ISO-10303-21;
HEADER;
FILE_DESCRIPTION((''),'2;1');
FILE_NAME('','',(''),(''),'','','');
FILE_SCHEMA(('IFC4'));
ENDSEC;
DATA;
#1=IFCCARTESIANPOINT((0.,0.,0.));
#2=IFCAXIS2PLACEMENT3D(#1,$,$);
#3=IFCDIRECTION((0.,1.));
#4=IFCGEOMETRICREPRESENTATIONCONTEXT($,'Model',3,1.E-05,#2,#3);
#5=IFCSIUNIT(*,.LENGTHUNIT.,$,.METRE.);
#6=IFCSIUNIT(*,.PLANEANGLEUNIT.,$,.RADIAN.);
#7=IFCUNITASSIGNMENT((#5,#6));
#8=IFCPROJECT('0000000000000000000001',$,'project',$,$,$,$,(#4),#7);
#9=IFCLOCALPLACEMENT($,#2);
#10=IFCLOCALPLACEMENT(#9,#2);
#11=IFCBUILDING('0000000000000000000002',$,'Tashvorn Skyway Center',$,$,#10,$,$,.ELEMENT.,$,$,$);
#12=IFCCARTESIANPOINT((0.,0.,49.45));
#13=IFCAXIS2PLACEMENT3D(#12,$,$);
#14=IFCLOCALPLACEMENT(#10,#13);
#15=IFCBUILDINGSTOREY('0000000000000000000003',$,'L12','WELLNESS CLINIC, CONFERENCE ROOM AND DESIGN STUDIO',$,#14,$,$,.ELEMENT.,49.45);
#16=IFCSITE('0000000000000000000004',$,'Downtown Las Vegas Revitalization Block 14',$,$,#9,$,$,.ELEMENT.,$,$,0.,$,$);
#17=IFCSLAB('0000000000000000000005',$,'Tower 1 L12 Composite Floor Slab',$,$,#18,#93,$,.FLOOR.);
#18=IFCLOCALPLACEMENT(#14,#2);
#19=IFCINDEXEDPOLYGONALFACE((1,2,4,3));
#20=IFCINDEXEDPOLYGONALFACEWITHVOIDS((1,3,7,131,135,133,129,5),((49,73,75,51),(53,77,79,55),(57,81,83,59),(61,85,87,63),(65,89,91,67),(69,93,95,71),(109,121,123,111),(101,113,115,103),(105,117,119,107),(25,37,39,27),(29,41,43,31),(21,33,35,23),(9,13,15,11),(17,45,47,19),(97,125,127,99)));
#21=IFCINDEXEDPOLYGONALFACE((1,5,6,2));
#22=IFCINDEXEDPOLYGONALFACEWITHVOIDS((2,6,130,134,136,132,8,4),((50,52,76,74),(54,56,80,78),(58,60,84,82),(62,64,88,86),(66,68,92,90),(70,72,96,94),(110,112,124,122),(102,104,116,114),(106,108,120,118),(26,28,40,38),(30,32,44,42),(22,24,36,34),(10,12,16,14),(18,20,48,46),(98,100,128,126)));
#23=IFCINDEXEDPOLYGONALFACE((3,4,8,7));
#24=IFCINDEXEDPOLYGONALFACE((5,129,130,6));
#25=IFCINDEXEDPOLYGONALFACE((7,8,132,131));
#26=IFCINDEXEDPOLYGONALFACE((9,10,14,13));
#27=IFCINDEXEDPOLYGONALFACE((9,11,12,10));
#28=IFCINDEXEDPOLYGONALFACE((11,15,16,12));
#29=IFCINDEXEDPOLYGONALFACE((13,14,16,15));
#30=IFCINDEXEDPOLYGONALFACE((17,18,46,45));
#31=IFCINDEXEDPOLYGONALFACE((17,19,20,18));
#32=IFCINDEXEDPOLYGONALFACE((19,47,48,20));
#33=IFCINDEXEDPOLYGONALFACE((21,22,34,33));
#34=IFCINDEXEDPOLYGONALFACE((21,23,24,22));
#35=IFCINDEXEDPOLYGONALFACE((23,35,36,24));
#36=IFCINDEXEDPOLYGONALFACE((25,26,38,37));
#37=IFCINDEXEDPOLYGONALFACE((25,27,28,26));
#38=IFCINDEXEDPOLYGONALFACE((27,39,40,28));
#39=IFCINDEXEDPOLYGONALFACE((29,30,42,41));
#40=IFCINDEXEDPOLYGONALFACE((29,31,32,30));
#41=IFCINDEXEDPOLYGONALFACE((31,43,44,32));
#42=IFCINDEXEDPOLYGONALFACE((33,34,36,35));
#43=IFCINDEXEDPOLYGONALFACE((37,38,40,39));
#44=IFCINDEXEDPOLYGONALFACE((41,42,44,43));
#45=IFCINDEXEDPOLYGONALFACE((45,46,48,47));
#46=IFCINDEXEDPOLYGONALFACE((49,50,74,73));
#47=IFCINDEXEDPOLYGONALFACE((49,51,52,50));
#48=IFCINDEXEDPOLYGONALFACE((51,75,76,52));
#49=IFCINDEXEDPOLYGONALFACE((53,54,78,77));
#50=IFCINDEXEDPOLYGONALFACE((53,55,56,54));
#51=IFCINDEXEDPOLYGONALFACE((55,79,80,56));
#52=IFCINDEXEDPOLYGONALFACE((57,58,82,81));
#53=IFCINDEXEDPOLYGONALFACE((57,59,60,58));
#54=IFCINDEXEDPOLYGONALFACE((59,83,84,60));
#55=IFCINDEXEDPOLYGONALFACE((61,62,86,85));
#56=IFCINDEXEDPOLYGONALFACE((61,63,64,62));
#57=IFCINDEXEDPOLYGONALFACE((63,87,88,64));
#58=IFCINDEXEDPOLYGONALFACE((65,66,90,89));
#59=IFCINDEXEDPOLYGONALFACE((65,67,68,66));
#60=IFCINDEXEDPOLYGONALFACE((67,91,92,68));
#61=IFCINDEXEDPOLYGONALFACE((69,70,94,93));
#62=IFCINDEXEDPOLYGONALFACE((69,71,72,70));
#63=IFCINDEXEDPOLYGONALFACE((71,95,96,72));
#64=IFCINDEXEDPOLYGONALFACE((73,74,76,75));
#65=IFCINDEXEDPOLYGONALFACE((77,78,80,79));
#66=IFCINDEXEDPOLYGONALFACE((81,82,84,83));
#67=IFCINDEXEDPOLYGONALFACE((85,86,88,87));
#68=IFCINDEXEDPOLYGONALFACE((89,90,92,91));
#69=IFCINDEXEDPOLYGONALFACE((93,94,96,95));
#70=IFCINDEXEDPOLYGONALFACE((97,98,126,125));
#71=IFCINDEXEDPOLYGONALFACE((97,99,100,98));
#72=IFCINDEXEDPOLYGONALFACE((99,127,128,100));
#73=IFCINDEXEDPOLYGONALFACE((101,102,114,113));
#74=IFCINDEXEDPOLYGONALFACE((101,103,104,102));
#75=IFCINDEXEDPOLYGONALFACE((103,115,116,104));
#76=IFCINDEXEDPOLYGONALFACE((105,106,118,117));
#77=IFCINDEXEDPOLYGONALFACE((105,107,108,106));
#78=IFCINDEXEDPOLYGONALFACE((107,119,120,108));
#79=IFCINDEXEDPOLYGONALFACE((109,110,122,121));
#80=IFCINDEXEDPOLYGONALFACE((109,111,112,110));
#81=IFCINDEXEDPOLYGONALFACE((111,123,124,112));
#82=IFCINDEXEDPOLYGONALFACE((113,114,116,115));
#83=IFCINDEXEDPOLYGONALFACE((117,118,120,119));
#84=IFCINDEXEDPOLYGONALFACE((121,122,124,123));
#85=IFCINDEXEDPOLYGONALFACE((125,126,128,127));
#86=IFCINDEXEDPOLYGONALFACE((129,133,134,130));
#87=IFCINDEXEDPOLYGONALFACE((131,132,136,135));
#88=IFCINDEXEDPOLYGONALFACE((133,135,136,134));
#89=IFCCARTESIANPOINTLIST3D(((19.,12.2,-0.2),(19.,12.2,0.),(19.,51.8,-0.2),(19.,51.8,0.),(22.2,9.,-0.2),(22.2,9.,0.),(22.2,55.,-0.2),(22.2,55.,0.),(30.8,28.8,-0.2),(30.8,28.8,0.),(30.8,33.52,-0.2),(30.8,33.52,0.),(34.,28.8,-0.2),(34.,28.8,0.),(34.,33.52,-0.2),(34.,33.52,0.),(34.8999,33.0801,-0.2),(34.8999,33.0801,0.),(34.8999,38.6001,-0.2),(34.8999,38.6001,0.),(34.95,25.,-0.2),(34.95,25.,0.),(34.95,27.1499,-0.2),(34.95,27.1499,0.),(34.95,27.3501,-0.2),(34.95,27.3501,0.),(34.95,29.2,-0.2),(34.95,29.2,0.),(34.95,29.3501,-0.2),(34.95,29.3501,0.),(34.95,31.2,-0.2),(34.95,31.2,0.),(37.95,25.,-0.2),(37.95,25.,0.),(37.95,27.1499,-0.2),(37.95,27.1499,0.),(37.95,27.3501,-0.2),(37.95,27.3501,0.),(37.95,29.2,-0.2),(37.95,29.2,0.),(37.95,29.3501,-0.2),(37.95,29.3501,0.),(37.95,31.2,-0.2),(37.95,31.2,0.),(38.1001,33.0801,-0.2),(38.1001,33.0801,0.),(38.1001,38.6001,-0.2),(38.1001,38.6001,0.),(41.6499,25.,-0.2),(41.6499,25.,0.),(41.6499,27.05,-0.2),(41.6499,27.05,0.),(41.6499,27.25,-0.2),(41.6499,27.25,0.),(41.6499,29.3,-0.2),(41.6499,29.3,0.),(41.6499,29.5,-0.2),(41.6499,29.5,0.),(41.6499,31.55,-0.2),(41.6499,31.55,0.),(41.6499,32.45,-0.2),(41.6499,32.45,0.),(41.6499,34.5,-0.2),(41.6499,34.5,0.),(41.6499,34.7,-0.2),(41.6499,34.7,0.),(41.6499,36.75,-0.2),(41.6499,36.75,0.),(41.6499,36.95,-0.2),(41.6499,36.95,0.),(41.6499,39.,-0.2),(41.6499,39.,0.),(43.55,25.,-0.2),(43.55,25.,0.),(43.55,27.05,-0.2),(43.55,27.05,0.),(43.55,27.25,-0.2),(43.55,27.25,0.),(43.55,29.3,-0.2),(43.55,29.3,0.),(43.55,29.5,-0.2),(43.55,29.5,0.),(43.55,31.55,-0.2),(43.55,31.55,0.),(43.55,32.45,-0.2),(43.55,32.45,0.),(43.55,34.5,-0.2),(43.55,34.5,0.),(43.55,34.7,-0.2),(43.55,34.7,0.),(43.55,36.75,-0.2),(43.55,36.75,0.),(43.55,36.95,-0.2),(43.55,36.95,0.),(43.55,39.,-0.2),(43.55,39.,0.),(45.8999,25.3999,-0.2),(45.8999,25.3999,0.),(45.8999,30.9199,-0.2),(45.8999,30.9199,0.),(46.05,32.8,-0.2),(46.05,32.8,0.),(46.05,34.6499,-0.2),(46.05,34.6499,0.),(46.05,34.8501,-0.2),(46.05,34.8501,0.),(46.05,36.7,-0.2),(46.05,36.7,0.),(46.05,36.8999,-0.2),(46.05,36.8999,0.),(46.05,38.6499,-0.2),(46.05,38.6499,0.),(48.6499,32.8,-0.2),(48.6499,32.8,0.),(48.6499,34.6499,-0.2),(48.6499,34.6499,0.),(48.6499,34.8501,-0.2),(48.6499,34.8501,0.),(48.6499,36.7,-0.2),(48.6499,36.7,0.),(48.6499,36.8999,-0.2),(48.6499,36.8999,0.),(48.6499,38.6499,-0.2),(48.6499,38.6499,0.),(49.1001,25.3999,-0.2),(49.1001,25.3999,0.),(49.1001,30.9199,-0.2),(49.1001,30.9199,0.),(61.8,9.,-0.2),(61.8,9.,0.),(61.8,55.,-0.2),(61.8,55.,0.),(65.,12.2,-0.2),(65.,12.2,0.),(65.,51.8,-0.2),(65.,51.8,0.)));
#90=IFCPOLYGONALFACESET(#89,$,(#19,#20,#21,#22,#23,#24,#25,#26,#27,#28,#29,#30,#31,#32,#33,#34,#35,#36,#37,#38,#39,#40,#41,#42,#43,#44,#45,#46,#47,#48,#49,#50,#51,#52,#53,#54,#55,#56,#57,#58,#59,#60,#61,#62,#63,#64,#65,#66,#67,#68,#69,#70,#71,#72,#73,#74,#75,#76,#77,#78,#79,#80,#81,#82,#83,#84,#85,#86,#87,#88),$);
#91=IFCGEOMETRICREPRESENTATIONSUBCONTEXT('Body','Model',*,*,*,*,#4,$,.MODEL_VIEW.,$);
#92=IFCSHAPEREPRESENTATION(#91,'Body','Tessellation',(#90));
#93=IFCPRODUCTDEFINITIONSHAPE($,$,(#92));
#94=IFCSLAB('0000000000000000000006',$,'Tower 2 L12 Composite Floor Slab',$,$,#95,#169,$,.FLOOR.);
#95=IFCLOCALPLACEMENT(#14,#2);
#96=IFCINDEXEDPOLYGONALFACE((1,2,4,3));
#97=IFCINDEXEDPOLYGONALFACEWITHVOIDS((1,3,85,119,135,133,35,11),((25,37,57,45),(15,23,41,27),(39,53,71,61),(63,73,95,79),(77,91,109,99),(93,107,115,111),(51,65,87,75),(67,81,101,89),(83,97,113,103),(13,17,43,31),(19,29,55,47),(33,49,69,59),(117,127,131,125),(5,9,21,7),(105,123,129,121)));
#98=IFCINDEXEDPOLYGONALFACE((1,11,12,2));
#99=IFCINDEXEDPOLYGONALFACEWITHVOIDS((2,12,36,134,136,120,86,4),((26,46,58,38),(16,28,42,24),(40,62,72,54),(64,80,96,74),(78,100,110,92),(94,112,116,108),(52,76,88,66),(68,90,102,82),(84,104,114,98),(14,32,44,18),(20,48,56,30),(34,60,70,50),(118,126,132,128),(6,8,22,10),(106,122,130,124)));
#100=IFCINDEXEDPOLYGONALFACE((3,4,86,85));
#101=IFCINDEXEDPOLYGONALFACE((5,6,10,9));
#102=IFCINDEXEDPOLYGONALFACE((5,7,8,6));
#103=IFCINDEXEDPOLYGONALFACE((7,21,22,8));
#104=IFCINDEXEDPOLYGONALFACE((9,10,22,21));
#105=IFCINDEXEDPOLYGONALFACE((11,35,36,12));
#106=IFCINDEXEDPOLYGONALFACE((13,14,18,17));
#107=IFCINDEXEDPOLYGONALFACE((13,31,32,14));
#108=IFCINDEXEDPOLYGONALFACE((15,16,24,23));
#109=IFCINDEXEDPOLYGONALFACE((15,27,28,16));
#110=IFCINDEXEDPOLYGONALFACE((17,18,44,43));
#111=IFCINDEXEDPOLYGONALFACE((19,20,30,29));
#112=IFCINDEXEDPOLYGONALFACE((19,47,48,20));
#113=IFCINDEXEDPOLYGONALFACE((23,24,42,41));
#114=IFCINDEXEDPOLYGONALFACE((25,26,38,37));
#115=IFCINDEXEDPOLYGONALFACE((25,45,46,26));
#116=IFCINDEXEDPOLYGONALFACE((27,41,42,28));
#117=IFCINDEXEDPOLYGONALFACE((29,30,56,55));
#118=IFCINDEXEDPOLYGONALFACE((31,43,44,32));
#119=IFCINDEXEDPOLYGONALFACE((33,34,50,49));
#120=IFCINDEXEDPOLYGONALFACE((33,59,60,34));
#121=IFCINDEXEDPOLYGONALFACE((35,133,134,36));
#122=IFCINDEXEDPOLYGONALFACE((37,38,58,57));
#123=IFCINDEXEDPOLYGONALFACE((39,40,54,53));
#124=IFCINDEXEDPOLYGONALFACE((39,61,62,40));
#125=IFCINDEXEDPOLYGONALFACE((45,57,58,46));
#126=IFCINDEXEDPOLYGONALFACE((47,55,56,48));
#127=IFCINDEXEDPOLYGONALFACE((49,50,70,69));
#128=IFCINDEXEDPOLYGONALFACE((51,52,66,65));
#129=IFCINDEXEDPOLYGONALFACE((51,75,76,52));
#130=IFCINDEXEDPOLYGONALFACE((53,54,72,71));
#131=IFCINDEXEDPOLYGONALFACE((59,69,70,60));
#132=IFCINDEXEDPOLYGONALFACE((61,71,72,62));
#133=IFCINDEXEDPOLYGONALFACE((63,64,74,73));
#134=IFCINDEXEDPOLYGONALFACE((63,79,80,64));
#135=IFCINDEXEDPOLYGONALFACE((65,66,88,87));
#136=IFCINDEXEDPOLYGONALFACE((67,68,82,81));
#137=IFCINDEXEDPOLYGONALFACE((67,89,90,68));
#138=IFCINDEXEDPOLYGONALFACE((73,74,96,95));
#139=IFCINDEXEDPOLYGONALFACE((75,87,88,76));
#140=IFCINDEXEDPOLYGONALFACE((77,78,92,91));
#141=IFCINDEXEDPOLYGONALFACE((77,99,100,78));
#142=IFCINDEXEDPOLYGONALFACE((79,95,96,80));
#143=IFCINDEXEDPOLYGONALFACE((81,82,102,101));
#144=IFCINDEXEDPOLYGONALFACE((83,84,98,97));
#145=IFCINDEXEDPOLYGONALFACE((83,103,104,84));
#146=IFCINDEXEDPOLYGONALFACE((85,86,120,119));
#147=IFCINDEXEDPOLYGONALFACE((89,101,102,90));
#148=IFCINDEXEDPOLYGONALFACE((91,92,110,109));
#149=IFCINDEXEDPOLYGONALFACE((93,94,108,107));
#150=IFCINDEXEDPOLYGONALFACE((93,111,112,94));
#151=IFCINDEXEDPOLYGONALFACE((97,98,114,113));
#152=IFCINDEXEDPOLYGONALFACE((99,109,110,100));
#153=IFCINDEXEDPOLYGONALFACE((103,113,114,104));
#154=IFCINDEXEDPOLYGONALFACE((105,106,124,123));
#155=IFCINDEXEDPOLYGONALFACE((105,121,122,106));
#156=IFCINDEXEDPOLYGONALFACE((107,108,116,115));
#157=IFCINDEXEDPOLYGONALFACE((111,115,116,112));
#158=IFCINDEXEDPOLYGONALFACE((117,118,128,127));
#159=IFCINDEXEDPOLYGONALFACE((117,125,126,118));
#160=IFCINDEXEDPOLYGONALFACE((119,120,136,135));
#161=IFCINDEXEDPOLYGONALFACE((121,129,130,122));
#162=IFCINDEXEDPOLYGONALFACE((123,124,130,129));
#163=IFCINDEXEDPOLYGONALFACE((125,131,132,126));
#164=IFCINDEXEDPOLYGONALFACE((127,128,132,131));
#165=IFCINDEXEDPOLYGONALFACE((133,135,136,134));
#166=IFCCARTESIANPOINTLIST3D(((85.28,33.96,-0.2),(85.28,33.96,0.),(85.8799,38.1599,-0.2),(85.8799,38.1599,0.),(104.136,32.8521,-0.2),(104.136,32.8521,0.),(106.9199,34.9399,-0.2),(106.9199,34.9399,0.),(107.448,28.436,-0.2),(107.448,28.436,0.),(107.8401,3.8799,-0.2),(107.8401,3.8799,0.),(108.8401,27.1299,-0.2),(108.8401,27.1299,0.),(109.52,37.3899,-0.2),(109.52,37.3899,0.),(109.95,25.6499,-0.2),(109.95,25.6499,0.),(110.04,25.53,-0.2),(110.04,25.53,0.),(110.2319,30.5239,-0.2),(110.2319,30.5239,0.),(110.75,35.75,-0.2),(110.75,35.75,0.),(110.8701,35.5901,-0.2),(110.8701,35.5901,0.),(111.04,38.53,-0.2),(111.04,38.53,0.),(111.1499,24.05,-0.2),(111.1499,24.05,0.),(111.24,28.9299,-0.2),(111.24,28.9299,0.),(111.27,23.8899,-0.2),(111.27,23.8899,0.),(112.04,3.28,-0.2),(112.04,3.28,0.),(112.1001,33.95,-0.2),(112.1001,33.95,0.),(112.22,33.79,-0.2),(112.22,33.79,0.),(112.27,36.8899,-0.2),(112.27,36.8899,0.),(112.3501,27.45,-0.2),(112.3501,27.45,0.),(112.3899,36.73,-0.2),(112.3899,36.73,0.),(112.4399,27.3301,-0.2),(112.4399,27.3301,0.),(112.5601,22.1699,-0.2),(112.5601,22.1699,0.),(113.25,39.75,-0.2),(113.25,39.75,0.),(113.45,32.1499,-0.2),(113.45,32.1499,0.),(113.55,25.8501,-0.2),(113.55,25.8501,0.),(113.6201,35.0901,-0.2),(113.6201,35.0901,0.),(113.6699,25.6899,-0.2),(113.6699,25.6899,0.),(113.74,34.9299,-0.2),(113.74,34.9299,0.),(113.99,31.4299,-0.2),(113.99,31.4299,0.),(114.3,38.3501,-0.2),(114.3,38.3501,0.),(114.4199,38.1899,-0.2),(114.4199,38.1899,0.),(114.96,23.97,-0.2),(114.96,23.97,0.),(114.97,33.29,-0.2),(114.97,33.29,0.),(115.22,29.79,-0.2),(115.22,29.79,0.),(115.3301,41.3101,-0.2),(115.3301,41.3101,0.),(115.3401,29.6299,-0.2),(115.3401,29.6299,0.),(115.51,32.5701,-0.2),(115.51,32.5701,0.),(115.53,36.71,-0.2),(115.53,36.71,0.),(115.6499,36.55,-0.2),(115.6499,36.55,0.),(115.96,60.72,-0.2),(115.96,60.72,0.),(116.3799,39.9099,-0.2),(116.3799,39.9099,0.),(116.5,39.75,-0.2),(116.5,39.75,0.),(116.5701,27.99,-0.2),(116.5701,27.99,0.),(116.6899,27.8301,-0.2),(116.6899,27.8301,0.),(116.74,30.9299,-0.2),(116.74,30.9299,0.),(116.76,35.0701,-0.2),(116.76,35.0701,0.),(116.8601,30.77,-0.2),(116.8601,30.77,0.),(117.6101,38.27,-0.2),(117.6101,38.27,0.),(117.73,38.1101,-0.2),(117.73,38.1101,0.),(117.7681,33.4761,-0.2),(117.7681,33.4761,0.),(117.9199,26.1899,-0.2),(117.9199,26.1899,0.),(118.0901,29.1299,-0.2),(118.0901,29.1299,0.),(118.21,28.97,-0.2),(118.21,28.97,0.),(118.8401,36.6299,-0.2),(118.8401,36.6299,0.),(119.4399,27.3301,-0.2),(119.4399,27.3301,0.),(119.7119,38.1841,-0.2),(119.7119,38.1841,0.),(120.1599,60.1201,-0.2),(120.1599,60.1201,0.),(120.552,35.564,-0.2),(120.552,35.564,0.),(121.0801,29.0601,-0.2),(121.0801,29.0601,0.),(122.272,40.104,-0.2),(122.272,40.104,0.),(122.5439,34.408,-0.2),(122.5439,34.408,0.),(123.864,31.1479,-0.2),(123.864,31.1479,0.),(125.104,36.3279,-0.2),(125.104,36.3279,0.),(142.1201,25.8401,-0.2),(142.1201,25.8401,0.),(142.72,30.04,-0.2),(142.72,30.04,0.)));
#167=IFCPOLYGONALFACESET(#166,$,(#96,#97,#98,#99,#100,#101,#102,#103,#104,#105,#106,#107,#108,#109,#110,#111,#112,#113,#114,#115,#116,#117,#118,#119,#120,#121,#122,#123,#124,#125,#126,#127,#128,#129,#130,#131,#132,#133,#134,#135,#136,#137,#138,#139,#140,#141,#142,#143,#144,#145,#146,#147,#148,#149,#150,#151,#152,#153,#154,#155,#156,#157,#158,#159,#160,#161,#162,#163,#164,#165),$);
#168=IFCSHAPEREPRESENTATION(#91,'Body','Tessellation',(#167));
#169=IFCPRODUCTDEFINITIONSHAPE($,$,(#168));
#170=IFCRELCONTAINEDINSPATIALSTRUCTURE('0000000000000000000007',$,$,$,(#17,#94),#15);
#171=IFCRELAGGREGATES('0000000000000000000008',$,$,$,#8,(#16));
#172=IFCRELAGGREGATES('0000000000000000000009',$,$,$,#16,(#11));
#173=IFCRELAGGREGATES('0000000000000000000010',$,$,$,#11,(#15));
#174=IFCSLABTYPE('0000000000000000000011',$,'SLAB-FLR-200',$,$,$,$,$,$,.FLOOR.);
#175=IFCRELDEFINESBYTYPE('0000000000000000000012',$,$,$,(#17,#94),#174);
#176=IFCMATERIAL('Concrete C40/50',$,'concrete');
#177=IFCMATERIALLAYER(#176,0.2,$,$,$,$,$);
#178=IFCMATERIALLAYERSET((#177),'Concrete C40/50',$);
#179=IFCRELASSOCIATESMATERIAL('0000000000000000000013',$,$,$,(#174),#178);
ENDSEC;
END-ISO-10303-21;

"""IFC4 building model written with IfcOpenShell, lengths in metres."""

from ifc_helpers import new_model, si_unit, direction, frame, origin, place, context, subcontext, project, spatial, polyline, outline, extrude, material, layer, layer_set, type_object, element, save


model = new_model("IFC4")

# Units and contexts
model_context = context("Model", 3, precision=1e-05, world=origin(), true_north=direction((0.0, 1.0)))
body_context = subcontext(model_context, "Body", "Model", "MODEL_VIEW")
ifc_project = project(units=[si_unit("LENGTHUNIT", "METRE"), si_unit("PLANEANGLEUNIT", "RADIAN")], contexts=[model_context])

# Site, building, storey
site_placement = place(None, origin())
site = spatial("IfcSite", under=ifc_project, at=site_placement, Name="Downtown Las Vegas Revitalization Block 14", CompositionType="ELEMENT", RefElevation=0.0)
building_placement = place(site_placement, origin())
building = spatial("IfcBuilding", under=site, at=building_placement, Name="Tashvorn Skyway Center", CompositionType="ELEMENT")
storey_placement = place(building_placement, frame((0.0, 0.0, 49.45)))
storey = spatial("IfcBuildingStorey", under=building, at=storey_placement, Name="L12", Description="WELLNESS CLINIC, CONFERENCE ROOM AND DESIGN STUDIO", CompositionType="ELEMENT", Elevation=49.45)

# Slabs
ifc_material_1 = material(Name="Concrete C40/50", Category="concrete")
ifc_layer_1 = layer(ifc_material_1, 0.2)
ifc_layer_set_1 = layer_set([ifc_layer_1], Name="Concrete C40/50")
slab_type_1 = type_object("IfcSlabType", Name="SLAB-FLR-200", PredefinedType="FLOOR", material=ifc_layer_set_1)
slab_1_placement = place(storey_placement, frame((0.0, 0.0, -0.2)))
element("IfcSlab", 1, at=slab_1_placement, inside=storey, type_object=slab_type_1, Name="Tower 1 L12 Composite Floor Slab", PredefinedType="FLOOR", context=body_context, shape_type="SweptSolid", body=[
    extrude(outline(polyline([(22.2, 9.0), (61.8, 9.0), (65.0, 12.2), (65.0, 51.8), (61.8, 55.0), (22.2, 55.0), (19.0, 51.8), (19.0, 12.2), (22.2, 9.0)]), holes=[polyline([(38.1001, 33.0801), (38.1001, 38.6001), (34.8999, 38.6001), (34.8999, 33.0801), (38.1001, 33.0801)]), polyline([(45.8999, 30.9199), (45.8999, 25.3999), (49.1001, 25.3999), (49.1001, 30.9199), (45.8999, 30.9199)]), polyline([(30.8, 33.52), (30.8, 28.8), (34.0, 28.8), (34.0, 33.52), (30.8, 33.52)]), polyline([(34.95, 29.3501), (37.95, 29.3501), (37.95, 31.2), (34.95, 31.2), (34.95, 29.3501)]), polyline([(34.95, 27.3501), (37.95, 27.3501), (37.95, 29.2), (34.95, 29.2), (34.95, 27.3501)]), polyline([(34.95, 25.0), (37.95, 25.0), (37.95, 27.1499), (34.95, 27.1499), (34.95, 25.0)]), polyline([(41.6499, 25.0), (43.55, 25.0), (43.55, 27.05), (41.6499, 27.05), (41.6499, 25.0)]), polyline([(41.6499, 27.25), (43.55, 27.25), (43.55, 29.3), (41.6499, 29.3), (41.6499, 27.25)]), polyline([(41.6499, 29.5), (43.55, 29.5), (43.55, 31.55), (41.6499, 31.55), (41.6499, 29.5)]), polyline([(41.6499, 32.45), (43.55, 32.45), (43.55, 34.5), (41.6499, 34.5), (41.6499, 32.45)]), polyline([(41.6499, 34.7), (43.55, 34.7), (43.55, 36.75), (41.6499, 36.75), (41.6499, 34.7)]), polyline([(41.6499, 36.95), (43.55, 36.95), (43.55, 39.0), (41.6499, 39.0), (41.6499, 36.95)]), polyline([(46.05, 32.8), (48.6499, 32.8), (48.6499, 34.6499), (46.05, 34.6499), (46.05, 32.8)]), polyline([(46.05, 34.8501), (48.6499, 34.8501), (48.6499, 36.7), (46.05, 36.7), (46.05, 34.8501)]), polyline([(46.05, 36.8999), (48.6499, 36.8999), (48.6499, 38.6499), (46.05, 38.6499), (46.05, 36.8999)])]), origin(), (0.0, 0.0, 1.0), 0.2),
])
slab_2_placement = place(storey_placement, frame((0.0, 0.0, -0.2)))
element("IfcSlab", 2, at=slab_2_placement, inside=storey, type_object=slab_type_1, Name="Tower 2 L12 Composite Floor Slab", PredefinedType="FLOOR", context=body_context, shape_type="SweptSolid", body=[
    extrude(outline(polyline([(112.04, 3.28), (142.1201, 25.8401), (142.72, 30.04), (120.1599, 60.1201), (115.96, 60.72), (85.8799, 38.1599), (85.28, 33.96), (107.8401, 3.8799), (112.04, 3.28)]), holes=[polyline([(110.2319, 30.5239), (106.9199, 34.9399), (104.136, 32.8521), (107.448, 28.436), (110.2319, 30.5239)]), polyline([(117.7681, 33.4761), (121.0801, 29.0601), (123.864, 31.1479), (120.552, 35.564), (117.7681, 33.4761)]), polyline([(119.7119, 38.1841), (122.5439, 34.408), (125.104, 36.3279), (122.272, 40.104), (119.7119, 38.1841)]), polyline([(109.95, 25.6499), (112.3501, 27.45), (111.24, 28.9299), (108.8401, 27.1299), (109.95, 25.6499)]), polyline([(111.1499, 24.05), (113.55, 25.8501), (112.4399, 27.3301), (110.04, 25.53), (111.1499, 24.05)]), polyline([(112.5601, 22.1699), (114.96, 23.97), (113.6699, 25.6899), (111.27, 23.8899), (112.5601, 22.1699)]), polyline([(117.9199, 26.1899), (119.4399, 27.3301), (118.21, 28.97), (116.6899, 27.8301), (117.9199, 26.1899)]), polyline([(116.5701, 27.99), (118.0901, 29.1299), (116.8601, 30.77), (115.3401, 29.6299), (116.5701, 27.99)]), polyline([(115.22, 29.79), (116.74, 30.9299), (115.51, 32.5701), (113.99, 31.4299), (115.22, 29.79)]), polyline([(113.45, 32.1499), (114.97, 33.29), (113.74, 34.9299), (112.22, 33.79), (113.45, 32.1499)]), polyline([(112.1001, 33.95), (113.6201, 35.0901), (112.3899, 36.73), (110.8701, 35.5901), (112.1001, 33.95)]), polyline([(110.75, 35.75), (112.27, 36.8899), (111.04, 38.53), (109.52, 37.3899), (110.75, 35.75)]), polyline([(116.76, 35.0701), (118.8401, 36.6299), (117.73, 38.1101), (115.6499, 36.55), (116.76, 35.0701)]), polyline([(115.53, 36.71), (117.6101, 38.27), (116.5, 39.75), (114.4199, 38.1899), (115.53, 36.71)]), polyline([(114.3, 38.3501), (116.3799, 39.9099), (115.3301, 41.3101), (113.25, 39.75), (114.3, 38.3501)])]), origin(), (0.0, 0.0, 1.0), 0.2),
])

save(model, "model.ifc")
